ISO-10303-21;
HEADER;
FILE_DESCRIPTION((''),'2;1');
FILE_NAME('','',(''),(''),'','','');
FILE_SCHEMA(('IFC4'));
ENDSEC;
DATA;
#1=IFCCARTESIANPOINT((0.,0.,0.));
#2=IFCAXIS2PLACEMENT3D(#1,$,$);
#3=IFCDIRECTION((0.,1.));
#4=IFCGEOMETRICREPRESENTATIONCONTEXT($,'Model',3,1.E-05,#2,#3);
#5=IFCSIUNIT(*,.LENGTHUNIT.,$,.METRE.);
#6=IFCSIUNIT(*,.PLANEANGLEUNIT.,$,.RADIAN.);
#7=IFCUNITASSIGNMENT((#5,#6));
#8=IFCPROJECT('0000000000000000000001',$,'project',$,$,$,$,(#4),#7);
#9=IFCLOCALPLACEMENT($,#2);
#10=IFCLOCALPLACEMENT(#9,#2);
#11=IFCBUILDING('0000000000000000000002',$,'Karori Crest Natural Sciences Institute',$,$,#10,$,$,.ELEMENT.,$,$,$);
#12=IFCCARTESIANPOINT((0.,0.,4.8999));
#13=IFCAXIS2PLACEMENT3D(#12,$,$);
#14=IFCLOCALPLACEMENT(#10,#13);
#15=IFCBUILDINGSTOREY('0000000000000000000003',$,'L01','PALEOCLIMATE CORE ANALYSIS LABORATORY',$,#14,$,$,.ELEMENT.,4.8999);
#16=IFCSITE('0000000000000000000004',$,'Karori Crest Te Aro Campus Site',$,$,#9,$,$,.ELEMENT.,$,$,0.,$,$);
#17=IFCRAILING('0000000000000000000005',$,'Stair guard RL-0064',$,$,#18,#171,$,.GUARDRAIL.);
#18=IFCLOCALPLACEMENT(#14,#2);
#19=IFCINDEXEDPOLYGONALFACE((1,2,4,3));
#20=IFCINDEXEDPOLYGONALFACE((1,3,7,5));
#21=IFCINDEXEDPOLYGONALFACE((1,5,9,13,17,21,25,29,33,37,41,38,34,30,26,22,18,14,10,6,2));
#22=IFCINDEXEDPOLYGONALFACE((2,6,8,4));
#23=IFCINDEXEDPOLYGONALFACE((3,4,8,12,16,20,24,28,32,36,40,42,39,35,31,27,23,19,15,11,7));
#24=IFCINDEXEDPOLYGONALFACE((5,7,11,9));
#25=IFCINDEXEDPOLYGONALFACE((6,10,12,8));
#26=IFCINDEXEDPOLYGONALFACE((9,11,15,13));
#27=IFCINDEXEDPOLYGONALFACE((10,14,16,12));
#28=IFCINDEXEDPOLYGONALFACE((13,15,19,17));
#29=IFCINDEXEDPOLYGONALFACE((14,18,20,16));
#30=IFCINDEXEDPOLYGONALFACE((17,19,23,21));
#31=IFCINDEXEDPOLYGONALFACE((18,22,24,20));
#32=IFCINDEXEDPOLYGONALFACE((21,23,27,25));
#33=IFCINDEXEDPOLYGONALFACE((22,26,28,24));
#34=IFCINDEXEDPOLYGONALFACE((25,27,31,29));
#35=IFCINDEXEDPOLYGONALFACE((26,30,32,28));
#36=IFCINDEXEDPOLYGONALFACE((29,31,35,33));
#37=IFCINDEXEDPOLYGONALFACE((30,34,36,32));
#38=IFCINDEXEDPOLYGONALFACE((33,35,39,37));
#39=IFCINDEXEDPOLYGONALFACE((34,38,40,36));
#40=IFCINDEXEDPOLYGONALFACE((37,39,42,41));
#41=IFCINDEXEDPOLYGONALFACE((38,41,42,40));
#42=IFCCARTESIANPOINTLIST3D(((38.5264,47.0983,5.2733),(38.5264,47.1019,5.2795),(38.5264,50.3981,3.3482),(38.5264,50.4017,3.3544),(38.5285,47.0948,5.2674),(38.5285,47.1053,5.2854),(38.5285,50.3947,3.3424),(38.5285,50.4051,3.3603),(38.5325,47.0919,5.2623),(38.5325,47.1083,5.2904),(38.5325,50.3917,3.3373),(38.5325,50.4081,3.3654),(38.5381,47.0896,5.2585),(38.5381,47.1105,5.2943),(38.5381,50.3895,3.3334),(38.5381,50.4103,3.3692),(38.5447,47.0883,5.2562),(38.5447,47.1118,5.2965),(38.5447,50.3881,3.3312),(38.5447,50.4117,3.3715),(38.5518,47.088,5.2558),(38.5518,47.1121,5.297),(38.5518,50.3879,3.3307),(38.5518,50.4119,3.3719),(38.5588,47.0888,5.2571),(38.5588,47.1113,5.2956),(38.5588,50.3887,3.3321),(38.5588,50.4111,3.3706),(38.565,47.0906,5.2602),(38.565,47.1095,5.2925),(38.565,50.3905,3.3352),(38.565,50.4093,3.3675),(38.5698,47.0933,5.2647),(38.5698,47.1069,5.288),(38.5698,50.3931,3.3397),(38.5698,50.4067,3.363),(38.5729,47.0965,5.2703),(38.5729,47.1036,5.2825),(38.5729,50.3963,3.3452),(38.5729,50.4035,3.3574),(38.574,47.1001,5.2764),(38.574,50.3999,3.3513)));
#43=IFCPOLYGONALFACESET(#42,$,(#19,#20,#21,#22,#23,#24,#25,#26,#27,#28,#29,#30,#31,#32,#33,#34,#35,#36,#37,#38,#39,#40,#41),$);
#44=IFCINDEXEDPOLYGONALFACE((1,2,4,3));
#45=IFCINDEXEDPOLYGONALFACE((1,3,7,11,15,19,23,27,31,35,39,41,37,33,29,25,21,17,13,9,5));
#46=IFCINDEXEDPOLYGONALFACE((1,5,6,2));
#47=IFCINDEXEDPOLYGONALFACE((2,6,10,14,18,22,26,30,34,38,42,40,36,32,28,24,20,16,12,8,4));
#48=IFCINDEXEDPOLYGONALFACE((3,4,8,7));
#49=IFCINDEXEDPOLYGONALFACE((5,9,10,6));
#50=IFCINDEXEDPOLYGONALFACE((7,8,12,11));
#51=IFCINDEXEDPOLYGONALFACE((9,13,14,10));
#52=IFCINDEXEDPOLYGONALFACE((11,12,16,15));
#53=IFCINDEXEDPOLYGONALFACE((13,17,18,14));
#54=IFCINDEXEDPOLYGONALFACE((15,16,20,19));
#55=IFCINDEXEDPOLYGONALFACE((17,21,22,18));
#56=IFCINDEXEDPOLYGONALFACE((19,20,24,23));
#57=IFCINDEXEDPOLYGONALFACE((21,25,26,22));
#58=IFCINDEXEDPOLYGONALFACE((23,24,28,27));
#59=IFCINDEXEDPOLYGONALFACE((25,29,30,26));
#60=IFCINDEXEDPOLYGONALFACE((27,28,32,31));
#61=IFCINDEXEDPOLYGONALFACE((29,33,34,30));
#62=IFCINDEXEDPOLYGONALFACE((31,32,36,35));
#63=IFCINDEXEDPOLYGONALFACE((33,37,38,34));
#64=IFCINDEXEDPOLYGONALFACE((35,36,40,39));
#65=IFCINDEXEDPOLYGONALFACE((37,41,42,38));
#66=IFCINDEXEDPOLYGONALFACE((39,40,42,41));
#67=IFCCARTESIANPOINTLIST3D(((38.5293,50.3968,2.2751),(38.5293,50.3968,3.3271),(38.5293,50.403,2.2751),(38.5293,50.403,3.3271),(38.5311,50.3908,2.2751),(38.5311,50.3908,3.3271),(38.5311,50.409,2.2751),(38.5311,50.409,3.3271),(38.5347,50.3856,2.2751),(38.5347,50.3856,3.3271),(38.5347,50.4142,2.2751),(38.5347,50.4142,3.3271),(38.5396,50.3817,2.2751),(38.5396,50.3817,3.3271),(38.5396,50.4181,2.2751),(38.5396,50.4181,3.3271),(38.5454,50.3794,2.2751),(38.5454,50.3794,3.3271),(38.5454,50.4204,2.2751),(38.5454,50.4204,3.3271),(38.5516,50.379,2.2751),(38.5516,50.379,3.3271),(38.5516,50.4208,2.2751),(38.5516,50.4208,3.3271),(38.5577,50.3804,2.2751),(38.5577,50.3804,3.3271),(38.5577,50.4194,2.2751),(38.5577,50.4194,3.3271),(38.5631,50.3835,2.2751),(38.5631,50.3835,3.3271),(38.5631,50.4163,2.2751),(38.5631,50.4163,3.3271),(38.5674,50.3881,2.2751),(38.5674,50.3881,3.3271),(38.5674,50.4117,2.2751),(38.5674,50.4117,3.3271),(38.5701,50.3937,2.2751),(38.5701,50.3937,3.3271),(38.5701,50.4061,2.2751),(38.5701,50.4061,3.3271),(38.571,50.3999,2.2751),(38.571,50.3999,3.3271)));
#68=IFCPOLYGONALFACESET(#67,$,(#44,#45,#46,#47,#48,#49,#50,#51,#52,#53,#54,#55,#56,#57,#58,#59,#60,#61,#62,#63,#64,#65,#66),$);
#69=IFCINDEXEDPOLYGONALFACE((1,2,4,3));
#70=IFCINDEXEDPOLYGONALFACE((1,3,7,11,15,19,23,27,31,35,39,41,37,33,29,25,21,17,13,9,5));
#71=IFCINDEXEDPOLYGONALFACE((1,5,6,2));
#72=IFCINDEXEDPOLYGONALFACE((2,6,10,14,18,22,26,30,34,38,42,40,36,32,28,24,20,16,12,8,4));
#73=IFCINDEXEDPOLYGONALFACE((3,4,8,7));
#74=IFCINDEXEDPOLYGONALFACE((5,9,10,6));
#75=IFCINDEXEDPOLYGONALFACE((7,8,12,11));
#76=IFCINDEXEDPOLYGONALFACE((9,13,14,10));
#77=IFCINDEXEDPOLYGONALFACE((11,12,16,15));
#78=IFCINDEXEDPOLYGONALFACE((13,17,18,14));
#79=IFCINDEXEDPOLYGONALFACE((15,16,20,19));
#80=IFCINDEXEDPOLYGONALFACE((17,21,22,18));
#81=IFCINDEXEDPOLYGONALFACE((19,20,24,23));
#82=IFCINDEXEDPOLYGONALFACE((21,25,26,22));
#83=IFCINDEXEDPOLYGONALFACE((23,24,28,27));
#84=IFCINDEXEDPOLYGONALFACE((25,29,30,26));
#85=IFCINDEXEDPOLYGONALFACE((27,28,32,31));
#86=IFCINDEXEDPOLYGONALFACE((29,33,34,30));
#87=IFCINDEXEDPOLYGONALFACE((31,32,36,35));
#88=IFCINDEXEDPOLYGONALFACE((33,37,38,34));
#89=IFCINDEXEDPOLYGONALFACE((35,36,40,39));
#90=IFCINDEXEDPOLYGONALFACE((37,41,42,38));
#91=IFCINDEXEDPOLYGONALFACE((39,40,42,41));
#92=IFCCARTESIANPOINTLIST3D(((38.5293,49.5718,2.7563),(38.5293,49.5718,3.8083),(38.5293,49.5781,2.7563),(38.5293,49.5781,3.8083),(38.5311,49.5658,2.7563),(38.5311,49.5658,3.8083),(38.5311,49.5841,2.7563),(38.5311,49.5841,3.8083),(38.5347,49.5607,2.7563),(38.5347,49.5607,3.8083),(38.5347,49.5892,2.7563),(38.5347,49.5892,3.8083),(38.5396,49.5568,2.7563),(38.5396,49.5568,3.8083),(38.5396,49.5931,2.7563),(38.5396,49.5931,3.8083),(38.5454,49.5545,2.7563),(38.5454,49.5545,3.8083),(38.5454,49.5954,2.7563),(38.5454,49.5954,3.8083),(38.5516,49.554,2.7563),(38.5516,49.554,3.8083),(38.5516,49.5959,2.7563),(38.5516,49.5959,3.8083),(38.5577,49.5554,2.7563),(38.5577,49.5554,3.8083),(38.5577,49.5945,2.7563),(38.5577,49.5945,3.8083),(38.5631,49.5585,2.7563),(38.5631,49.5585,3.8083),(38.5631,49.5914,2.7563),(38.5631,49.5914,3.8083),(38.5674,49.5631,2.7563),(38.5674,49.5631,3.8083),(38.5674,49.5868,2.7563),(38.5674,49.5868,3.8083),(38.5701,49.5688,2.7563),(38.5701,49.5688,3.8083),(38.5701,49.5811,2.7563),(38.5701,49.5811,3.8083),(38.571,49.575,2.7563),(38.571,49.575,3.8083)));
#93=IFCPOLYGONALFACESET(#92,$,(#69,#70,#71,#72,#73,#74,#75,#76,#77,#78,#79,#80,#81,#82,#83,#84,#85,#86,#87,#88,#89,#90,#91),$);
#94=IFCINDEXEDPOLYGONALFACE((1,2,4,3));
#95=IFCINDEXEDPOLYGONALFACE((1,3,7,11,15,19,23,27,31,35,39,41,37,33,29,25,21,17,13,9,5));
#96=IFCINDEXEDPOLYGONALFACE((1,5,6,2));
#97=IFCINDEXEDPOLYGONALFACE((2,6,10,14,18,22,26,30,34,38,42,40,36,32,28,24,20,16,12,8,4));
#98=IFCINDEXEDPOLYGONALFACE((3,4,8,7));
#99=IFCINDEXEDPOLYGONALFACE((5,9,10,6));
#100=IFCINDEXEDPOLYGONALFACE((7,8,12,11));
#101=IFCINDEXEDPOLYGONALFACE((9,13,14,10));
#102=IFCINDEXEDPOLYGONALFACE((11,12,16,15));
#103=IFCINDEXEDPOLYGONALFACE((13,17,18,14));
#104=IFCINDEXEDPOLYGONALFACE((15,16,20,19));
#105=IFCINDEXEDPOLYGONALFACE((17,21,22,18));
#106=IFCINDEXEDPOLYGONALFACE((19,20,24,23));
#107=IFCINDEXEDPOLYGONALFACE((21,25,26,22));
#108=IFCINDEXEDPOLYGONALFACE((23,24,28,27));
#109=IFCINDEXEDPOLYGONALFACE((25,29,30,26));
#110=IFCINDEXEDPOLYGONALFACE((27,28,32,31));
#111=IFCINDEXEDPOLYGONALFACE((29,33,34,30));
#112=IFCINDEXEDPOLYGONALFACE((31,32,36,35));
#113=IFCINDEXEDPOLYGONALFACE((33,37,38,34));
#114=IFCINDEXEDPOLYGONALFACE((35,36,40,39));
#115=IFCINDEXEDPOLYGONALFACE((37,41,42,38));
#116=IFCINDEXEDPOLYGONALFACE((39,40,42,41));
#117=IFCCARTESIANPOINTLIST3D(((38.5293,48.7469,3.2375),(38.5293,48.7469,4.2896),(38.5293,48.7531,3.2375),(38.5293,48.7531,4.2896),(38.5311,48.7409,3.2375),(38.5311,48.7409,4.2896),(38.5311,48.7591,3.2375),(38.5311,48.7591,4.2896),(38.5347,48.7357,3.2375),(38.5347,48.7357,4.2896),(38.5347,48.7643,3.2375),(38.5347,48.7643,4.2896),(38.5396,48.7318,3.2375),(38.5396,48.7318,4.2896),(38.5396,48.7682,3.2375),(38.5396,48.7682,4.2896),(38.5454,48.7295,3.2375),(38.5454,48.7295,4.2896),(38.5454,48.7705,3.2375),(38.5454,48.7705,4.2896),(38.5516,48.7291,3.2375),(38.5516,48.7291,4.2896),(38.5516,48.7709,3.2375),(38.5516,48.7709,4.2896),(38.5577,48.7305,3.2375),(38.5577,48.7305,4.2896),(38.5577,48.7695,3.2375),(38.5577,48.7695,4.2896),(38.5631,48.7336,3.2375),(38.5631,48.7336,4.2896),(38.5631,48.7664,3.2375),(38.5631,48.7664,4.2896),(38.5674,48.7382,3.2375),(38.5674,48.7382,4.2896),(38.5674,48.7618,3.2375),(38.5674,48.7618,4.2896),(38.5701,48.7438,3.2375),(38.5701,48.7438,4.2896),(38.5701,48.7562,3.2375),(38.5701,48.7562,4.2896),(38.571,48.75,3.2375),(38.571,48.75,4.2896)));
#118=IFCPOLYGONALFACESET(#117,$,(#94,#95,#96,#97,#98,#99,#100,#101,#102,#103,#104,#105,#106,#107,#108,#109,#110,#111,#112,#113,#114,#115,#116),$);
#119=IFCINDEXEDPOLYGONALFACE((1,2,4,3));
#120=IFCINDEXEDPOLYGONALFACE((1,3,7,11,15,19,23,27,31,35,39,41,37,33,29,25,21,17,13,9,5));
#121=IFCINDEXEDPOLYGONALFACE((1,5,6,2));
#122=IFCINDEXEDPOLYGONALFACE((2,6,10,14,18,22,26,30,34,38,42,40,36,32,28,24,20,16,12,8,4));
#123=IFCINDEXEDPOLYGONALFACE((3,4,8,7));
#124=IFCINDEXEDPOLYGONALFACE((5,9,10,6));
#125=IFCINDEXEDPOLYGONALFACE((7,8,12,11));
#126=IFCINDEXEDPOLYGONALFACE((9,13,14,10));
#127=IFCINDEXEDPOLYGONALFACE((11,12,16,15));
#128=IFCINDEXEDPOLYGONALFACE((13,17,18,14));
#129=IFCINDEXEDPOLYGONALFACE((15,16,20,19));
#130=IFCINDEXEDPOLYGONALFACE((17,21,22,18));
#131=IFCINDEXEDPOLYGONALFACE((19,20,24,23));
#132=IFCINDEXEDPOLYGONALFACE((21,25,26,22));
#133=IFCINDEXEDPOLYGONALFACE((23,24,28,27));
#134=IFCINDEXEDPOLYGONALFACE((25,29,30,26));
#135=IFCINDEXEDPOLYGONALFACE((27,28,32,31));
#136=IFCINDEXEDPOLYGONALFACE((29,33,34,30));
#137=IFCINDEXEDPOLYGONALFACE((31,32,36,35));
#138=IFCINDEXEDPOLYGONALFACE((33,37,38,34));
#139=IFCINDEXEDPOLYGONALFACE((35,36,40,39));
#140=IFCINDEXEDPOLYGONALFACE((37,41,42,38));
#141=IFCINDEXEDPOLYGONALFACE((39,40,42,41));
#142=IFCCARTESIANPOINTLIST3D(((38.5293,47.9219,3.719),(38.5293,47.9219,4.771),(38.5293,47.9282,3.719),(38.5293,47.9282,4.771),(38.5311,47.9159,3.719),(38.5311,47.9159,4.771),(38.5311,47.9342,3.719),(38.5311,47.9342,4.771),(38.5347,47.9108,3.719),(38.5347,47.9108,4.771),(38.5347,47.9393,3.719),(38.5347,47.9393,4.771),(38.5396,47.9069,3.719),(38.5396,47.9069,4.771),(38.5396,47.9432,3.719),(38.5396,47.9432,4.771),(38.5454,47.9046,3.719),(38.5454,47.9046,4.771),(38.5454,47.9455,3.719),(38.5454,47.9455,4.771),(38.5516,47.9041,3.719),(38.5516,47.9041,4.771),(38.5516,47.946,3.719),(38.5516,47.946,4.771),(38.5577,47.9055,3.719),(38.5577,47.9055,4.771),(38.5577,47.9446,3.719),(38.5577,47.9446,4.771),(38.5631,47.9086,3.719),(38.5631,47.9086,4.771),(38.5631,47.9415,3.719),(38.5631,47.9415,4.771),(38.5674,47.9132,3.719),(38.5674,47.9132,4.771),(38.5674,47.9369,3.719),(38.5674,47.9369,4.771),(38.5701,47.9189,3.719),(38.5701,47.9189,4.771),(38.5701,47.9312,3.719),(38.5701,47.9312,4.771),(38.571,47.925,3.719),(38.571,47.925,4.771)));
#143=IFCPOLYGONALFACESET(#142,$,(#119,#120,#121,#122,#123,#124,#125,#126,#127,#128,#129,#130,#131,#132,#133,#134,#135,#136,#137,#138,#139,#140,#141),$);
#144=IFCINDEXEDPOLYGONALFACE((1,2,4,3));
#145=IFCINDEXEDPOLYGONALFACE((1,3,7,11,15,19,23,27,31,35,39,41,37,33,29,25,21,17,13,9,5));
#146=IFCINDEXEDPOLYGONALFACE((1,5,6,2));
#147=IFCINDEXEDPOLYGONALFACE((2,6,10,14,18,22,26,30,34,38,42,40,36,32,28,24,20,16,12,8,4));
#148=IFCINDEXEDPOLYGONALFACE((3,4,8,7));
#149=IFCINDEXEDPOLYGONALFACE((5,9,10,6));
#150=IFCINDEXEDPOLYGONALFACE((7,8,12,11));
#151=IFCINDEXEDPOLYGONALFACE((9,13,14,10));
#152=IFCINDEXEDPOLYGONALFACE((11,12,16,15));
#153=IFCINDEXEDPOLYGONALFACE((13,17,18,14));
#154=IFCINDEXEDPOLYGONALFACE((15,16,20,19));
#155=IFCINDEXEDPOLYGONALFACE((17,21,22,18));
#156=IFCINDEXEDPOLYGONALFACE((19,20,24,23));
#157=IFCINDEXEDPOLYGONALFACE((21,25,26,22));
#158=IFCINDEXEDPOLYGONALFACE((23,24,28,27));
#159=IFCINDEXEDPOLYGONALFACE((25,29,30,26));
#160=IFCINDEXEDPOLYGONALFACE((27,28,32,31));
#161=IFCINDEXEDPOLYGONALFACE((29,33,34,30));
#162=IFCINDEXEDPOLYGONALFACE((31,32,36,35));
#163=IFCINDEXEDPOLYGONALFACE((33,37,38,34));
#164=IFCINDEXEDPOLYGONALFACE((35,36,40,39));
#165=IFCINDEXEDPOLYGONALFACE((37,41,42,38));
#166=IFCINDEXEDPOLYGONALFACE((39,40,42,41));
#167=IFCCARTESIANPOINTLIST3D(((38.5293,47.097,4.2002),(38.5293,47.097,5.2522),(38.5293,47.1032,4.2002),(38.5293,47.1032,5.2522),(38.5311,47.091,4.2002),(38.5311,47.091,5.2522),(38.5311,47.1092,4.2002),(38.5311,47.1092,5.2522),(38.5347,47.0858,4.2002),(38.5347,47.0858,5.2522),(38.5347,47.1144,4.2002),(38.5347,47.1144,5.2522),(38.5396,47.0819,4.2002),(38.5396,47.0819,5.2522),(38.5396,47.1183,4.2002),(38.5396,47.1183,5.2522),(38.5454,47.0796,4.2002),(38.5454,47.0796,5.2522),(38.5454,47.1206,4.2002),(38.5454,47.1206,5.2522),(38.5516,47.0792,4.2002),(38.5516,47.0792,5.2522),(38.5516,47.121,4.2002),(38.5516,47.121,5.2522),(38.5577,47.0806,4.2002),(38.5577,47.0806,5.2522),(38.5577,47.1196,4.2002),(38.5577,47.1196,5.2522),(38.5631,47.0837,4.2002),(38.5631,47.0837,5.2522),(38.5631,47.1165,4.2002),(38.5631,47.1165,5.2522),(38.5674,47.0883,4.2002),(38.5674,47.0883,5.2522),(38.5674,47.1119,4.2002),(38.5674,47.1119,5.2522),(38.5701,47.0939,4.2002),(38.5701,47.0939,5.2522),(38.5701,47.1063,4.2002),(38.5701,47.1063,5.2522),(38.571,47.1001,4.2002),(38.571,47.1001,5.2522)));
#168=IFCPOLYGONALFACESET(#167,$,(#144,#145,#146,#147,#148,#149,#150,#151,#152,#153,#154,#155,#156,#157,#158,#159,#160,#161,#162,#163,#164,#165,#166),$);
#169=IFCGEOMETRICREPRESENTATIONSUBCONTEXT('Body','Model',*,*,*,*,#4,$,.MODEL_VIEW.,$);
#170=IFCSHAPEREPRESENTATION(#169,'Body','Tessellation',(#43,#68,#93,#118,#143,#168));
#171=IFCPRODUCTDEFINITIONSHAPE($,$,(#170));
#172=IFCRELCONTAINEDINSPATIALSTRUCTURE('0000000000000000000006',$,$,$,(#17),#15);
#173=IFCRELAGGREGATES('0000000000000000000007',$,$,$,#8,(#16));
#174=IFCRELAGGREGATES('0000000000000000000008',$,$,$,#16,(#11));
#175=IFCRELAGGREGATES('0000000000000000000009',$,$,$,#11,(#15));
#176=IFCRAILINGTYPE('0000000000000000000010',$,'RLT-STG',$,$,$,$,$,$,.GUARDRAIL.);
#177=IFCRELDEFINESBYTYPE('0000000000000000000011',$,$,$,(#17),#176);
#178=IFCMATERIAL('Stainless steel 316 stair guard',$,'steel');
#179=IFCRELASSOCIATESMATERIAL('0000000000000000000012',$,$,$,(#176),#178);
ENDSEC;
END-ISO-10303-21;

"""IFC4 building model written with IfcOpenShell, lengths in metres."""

from ifc_helpers import new_model, si_unit, direction, frame, origin, origin_2d, place, context, subcontext, project, spatial, circle, extrude, material, type_object, element, save


model = new_model("IFC4")

# Units and contexts
model_context = context("Model", 3, precision=1e-05, world=origin(), true_north=direction((0.0, 1.0)))
body_context = subcontext(model_context, "Body", "Model", "MODEL_VIEW")
ifc_project = project(units=[si_unit("LENGTHUNIT", "METRE"), si_unit("PLANEANGLEUNIT", "RADIAN")], contexts=[model_context])

# Site, building, storey
site_placement = place(None, origin())
site = spatial("IfcSite", under=ifc_project, at=site_placement, Name="Karori Crest Te Aro Campus Site", CompositionType="ELEMENT", RefElevation=0.0)
building_placement = place(site_placement, origin())
building = spatial("IfcBuilding", under=site, at=building_placement, Name="Karori Crest Natural Sciences Institute", CompositionType="ELEMENT")
storey_placement = place(building_placement, frame((0.0, 0.0, 4.8999)))
storey = spatial("IfcBuildingStorey", under=building, at=storey_placement, Name="L01", Description="PALEOCLIMATE CORE ANALYSIS LABORATORY", CompositionType="ELEMENT", Elevation=4.8999)

# Railing
ifc_material_1 = material(Name="Stainless steel 316 stair guard", Category="steel")
railing_type_1 = type_object("IfcRailingType", Name="RLT-STG", PredefinedType="GUARDRAIL", material=ifc_material_1)
railing_1_placement = place(storey_placement, frame((38.55, 50.3999, 2.2751)))
element("IfcRailing", 1, at=railing_1_placement, inside=storey, type_object=railing_type_1, Name="Stair guard RL-0064", PredefinedType="GUARDRAIL", context=body_context, shape_type="SweptSolid", body=[
    extrude(circle(Radius=0.0239, at=origin_2d()), frame((0.0, 0.0, 1.0762), z_axis=(0.0, -0.86376, 0.503903), x_axis=(1.0, 0.0, 0.0)), (0.0, 0.0, 1.0), 3.8203),
    extrude(circle(Radius=0.021, at=origin_2d()), origin(), (0.0, 0.0, 1.0), 1.052),
    extrude(circle(Radius=0.021, at=origin_2d()), frame((0.0, -0.825, 0.4812)), (0.0, 0.0, 1.0), 1.052),
    extrude(circle(Radius=0.021, at=origin_2d()), frame((0.0, -1.6499, 0.9624)), (0.0, 0.0, 1.0), 1.052),
    extrude(circle(Radius=0.021, at=origin_2d()), frame((0.0, -2.4749, 1.4438)), (0.0, 0.0, 1.0), 1.052),
    extrude(circle(Radius=0.021, at=origin_2d()), frame((0.0, -3.2998, 1.925)), (0.0, 0.0, 1.0), 1.052),
])

save(model, "model.ifc")
